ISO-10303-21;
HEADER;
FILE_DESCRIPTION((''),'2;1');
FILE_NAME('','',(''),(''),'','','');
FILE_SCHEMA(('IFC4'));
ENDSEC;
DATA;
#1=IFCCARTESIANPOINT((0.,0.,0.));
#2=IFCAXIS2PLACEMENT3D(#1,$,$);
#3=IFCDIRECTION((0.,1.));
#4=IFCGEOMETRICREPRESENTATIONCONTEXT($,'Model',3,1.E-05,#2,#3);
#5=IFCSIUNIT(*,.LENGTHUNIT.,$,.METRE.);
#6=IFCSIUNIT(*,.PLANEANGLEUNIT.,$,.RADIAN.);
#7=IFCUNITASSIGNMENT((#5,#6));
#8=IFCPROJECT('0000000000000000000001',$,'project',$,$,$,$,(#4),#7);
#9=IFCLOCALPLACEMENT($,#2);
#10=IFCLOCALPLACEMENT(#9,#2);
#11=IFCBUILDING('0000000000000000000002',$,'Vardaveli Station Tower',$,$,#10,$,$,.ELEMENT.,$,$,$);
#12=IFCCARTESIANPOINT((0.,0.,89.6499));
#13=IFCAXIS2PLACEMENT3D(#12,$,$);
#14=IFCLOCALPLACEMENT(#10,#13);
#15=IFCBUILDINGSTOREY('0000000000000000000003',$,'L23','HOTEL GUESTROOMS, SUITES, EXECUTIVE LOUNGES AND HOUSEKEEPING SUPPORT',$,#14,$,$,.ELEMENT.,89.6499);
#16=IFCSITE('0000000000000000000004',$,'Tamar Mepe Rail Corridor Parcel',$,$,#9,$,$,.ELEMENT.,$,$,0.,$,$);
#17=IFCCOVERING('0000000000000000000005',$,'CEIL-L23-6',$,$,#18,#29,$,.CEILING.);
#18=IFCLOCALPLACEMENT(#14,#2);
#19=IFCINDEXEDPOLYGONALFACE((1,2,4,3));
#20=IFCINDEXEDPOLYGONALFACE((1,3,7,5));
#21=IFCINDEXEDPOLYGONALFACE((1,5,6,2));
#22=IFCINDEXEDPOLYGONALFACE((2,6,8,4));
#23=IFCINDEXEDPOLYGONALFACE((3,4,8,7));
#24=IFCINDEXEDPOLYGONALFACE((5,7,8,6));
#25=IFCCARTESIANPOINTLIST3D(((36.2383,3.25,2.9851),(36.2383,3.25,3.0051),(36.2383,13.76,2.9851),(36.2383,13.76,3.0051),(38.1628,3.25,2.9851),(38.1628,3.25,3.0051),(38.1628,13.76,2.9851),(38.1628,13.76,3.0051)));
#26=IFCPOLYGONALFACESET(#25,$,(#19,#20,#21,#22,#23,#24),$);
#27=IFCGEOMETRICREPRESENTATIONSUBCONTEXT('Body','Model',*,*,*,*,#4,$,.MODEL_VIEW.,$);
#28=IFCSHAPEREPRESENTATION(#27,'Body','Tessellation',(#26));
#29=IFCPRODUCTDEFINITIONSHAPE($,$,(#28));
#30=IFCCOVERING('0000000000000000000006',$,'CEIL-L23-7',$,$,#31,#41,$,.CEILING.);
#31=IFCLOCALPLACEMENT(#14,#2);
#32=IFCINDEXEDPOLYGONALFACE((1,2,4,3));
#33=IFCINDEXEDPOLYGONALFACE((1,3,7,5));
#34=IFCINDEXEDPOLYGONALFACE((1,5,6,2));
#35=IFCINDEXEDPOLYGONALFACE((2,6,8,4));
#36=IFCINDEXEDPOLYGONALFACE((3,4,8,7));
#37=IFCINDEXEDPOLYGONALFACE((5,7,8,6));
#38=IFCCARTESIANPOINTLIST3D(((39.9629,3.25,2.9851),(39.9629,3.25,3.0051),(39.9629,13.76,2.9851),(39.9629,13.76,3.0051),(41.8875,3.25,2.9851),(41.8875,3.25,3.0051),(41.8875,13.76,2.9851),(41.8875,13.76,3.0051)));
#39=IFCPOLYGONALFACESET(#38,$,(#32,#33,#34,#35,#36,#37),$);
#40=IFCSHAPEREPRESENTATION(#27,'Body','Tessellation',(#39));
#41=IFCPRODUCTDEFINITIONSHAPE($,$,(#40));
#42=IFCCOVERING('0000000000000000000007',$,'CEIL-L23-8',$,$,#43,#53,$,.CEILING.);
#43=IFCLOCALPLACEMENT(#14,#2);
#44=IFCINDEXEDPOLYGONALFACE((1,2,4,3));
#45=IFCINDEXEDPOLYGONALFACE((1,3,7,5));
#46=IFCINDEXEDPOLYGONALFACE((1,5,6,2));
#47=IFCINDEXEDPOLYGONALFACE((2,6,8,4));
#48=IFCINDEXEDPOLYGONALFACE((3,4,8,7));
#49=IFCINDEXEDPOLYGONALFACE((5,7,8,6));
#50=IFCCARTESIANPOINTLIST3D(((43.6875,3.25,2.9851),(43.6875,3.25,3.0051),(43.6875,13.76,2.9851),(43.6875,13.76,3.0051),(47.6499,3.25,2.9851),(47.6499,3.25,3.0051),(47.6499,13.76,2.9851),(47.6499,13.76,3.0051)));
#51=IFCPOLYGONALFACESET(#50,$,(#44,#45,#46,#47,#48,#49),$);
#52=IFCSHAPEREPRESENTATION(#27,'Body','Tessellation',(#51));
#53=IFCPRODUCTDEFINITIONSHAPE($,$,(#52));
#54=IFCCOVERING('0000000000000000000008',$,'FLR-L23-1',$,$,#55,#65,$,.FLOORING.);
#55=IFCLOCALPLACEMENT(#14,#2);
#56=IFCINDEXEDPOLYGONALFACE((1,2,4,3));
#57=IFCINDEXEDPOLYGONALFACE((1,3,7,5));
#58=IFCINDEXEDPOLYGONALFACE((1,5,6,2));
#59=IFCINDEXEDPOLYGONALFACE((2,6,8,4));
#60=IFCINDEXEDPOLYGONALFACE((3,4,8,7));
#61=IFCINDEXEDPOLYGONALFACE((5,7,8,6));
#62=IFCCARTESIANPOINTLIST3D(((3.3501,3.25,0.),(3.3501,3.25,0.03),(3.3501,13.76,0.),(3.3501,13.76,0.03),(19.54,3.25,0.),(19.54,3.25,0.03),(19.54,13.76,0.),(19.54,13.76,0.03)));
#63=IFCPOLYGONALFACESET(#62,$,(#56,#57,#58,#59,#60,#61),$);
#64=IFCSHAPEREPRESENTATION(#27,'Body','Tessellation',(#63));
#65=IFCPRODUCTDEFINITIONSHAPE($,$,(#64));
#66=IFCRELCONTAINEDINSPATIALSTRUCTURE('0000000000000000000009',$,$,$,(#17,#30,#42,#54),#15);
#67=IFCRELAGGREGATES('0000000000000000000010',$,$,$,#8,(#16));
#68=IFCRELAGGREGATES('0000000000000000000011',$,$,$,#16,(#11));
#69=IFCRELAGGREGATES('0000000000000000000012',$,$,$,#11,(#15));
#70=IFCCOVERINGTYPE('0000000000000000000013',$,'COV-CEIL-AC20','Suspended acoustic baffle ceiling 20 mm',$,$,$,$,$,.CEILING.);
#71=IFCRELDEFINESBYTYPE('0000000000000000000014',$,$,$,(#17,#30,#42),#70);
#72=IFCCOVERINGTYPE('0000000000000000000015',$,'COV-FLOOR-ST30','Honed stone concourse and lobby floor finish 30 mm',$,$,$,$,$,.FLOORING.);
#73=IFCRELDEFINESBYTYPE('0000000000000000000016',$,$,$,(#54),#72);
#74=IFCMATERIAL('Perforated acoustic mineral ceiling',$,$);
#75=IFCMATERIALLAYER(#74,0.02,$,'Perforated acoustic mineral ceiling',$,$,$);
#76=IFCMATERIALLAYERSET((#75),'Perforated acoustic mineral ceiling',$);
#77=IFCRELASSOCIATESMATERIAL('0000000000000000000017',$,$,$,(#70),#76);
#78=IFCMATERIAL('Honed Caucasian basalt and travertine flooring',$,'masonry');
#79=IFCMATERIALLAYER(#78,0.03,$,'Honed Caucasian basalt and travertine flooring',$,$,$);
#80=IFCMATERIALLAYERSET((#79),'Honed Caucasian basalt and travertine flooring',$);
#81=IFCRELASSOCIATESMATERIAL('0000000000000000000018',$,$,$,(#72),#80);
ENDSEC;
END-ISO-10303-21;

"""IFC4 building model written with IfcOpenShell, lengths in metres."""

from ifc_helpers import new_model, si_unit, direction, frame, origin, place, context, subcontext, project, spatial, polyline, outline, extrude, material, layer, layer_set, type_object, element, save


model = new_model("IFC4")

# Units and contexts
model_context = context("Model", 3, precision=1e-05, world=origin(), true_north=direction((0.0, 1.0)))
body_context = subcontext(model_context, "Body", "Model", "MODEL_VIEW")
ifc_project = project(units=[si_unit("LENGTHUNIT", "METRE"), si_unit("PLANEANGLEUNIT", "RADIAN")], contexts=[model_context])

# Site, building, storey
site_placement = place(None, origin())
site = spatial("IfcSite", under=ifc_project, at=site_placement, Name="Tamar Mepe Rail Corridor Parcel", CompositionType="ELEMENT", RefElevation=0.0)
building_placement = place(site_placement, origin())
building = spatial("IfcBuilding", under=site, at=building_placement, Name="Vardaveli Station Tower", CompositionType="ELEMENT")
storey_placement = place(building_placement, frame((0.0, 0.0, 89.6499)))
storey = spatial("IfcBuildingStorey", under=building, at=storey_placement, Name="L23", Description="HOTEL GUESTROOMS, SUITES, EXECUTIVE LOUNGES AND HOUSEKEEPING SUPPORT", CompositionType="ELEMENT", Elevation=89.6499)

# Coverings
ifc_material_1 = material(Name="Perforated acoustic mineral ceiling")
ifc_layer_1 = layer(ifc_material_1, 0.02, Name="Perforated acoustic mineral ceiling")
ifc_layer_set_1 = layer_set([ifc_layer_1], Name="Perforated acoustic mineral ceiling")
covering_type_1 = type_object("IfcCoveringType", Name="COV-CEIL-AC20", Description="Suspended acoustic baffle ceiling 20 mm", PredefinedType="CEILING", material=ifc_layer_set_1)
covering_1_placement = place(storey_placement, frame((0.0, 0.0, 2.9851)))
element("IfcCovering", 1, at=covering_1_placement, inside=storey, type_object=covering_type_1, Name="CEIL-L23-6", PredefinedType="CEILING", context=body_context, shape_type="SweptSolid", body=[
    extrude(outline(polyline([(36.2383, 3.25), (38.1628, 3.25), (38.1628, 13.76), (36.2383, 13.76), (36.2383, 3.25)])), origin(), (0.0, 0.0, 1.0), 0.02),
])
covering_2_placement = place(storey_placement, frame((0.0, 0.0, 2.9851)))
element("IfcCovering", 2, at=covering_2_placement, inside=storey, type_object=covering_type_1, Name="CEIL-L23-7", PredefinedType="CEILING", context=body_context, shape_type="SweptSolid", body=[
    extrude(outline(polyline([(39.9629, 3.25), (41.8875, 3.25), (41.8875, 13.76), (39.9629, 13.76), (39.9629, 3.25)])), origin(), (0.0, 0.0, 1.0), 0.02),
])
covering_3_placement = place(storey_placement, frame((0.0, 0.0, 2.9851)))
element("IfcCovering", 3, at=covering_3_placement, inside=storey, type_object=covering_type_1, Name="CEIL-L23-8", PredefinedType="CEILING", context=body_context, shape_type="SweptSolid", body=[
    extrude(outline(polyline([(43.6875, 3.25), (47.6499, 3.25), (47.6499, 13.76), (43.6875, 13.76), (43.6875, 3.25)])), origin(), (0.0, 0.0, 1.0), 0.02),
])
ifc_material_2 = material(Name="Honed Caucasian basalt and travertine flooring", Category="masonry")
ifc_layer_2 = layer(ifc_material_2, 0.03, Name="Honed Caucasian basalt and travertine flooring")
ifc_layer_set_2 = layer_set([ifc_layer_2], Name="Honed Caucasian basalt and travertine flooring")
covering_type_2 = type_object("IfcCoveringType", Name="COV-FLOOR-ST30", Description="Honed stone concourse and lobby floor finish 30 mm", PredefinedType="FLOORING", material=ifc_layer_set_2)
covering_4_placement = place(storey_placement, origin())
element("IfcCovering", 4, at=covering_4_placement, inside=storey, type_object=covering_type_2, Name="FLR-L23-1", PredefinedType="FLOORING", context=body_context, shape_type="SweptSolid", body=[
    extrude(outline(polyline([(3.3501, 3.25), (19.54, 3.25), (19.54, 13.76), (3.3501, 13.76), (3.3501, 3.25)])), origin(), (0.0, 0.0, 1.0), 0.03),
])

save(model, "model.ifc")
